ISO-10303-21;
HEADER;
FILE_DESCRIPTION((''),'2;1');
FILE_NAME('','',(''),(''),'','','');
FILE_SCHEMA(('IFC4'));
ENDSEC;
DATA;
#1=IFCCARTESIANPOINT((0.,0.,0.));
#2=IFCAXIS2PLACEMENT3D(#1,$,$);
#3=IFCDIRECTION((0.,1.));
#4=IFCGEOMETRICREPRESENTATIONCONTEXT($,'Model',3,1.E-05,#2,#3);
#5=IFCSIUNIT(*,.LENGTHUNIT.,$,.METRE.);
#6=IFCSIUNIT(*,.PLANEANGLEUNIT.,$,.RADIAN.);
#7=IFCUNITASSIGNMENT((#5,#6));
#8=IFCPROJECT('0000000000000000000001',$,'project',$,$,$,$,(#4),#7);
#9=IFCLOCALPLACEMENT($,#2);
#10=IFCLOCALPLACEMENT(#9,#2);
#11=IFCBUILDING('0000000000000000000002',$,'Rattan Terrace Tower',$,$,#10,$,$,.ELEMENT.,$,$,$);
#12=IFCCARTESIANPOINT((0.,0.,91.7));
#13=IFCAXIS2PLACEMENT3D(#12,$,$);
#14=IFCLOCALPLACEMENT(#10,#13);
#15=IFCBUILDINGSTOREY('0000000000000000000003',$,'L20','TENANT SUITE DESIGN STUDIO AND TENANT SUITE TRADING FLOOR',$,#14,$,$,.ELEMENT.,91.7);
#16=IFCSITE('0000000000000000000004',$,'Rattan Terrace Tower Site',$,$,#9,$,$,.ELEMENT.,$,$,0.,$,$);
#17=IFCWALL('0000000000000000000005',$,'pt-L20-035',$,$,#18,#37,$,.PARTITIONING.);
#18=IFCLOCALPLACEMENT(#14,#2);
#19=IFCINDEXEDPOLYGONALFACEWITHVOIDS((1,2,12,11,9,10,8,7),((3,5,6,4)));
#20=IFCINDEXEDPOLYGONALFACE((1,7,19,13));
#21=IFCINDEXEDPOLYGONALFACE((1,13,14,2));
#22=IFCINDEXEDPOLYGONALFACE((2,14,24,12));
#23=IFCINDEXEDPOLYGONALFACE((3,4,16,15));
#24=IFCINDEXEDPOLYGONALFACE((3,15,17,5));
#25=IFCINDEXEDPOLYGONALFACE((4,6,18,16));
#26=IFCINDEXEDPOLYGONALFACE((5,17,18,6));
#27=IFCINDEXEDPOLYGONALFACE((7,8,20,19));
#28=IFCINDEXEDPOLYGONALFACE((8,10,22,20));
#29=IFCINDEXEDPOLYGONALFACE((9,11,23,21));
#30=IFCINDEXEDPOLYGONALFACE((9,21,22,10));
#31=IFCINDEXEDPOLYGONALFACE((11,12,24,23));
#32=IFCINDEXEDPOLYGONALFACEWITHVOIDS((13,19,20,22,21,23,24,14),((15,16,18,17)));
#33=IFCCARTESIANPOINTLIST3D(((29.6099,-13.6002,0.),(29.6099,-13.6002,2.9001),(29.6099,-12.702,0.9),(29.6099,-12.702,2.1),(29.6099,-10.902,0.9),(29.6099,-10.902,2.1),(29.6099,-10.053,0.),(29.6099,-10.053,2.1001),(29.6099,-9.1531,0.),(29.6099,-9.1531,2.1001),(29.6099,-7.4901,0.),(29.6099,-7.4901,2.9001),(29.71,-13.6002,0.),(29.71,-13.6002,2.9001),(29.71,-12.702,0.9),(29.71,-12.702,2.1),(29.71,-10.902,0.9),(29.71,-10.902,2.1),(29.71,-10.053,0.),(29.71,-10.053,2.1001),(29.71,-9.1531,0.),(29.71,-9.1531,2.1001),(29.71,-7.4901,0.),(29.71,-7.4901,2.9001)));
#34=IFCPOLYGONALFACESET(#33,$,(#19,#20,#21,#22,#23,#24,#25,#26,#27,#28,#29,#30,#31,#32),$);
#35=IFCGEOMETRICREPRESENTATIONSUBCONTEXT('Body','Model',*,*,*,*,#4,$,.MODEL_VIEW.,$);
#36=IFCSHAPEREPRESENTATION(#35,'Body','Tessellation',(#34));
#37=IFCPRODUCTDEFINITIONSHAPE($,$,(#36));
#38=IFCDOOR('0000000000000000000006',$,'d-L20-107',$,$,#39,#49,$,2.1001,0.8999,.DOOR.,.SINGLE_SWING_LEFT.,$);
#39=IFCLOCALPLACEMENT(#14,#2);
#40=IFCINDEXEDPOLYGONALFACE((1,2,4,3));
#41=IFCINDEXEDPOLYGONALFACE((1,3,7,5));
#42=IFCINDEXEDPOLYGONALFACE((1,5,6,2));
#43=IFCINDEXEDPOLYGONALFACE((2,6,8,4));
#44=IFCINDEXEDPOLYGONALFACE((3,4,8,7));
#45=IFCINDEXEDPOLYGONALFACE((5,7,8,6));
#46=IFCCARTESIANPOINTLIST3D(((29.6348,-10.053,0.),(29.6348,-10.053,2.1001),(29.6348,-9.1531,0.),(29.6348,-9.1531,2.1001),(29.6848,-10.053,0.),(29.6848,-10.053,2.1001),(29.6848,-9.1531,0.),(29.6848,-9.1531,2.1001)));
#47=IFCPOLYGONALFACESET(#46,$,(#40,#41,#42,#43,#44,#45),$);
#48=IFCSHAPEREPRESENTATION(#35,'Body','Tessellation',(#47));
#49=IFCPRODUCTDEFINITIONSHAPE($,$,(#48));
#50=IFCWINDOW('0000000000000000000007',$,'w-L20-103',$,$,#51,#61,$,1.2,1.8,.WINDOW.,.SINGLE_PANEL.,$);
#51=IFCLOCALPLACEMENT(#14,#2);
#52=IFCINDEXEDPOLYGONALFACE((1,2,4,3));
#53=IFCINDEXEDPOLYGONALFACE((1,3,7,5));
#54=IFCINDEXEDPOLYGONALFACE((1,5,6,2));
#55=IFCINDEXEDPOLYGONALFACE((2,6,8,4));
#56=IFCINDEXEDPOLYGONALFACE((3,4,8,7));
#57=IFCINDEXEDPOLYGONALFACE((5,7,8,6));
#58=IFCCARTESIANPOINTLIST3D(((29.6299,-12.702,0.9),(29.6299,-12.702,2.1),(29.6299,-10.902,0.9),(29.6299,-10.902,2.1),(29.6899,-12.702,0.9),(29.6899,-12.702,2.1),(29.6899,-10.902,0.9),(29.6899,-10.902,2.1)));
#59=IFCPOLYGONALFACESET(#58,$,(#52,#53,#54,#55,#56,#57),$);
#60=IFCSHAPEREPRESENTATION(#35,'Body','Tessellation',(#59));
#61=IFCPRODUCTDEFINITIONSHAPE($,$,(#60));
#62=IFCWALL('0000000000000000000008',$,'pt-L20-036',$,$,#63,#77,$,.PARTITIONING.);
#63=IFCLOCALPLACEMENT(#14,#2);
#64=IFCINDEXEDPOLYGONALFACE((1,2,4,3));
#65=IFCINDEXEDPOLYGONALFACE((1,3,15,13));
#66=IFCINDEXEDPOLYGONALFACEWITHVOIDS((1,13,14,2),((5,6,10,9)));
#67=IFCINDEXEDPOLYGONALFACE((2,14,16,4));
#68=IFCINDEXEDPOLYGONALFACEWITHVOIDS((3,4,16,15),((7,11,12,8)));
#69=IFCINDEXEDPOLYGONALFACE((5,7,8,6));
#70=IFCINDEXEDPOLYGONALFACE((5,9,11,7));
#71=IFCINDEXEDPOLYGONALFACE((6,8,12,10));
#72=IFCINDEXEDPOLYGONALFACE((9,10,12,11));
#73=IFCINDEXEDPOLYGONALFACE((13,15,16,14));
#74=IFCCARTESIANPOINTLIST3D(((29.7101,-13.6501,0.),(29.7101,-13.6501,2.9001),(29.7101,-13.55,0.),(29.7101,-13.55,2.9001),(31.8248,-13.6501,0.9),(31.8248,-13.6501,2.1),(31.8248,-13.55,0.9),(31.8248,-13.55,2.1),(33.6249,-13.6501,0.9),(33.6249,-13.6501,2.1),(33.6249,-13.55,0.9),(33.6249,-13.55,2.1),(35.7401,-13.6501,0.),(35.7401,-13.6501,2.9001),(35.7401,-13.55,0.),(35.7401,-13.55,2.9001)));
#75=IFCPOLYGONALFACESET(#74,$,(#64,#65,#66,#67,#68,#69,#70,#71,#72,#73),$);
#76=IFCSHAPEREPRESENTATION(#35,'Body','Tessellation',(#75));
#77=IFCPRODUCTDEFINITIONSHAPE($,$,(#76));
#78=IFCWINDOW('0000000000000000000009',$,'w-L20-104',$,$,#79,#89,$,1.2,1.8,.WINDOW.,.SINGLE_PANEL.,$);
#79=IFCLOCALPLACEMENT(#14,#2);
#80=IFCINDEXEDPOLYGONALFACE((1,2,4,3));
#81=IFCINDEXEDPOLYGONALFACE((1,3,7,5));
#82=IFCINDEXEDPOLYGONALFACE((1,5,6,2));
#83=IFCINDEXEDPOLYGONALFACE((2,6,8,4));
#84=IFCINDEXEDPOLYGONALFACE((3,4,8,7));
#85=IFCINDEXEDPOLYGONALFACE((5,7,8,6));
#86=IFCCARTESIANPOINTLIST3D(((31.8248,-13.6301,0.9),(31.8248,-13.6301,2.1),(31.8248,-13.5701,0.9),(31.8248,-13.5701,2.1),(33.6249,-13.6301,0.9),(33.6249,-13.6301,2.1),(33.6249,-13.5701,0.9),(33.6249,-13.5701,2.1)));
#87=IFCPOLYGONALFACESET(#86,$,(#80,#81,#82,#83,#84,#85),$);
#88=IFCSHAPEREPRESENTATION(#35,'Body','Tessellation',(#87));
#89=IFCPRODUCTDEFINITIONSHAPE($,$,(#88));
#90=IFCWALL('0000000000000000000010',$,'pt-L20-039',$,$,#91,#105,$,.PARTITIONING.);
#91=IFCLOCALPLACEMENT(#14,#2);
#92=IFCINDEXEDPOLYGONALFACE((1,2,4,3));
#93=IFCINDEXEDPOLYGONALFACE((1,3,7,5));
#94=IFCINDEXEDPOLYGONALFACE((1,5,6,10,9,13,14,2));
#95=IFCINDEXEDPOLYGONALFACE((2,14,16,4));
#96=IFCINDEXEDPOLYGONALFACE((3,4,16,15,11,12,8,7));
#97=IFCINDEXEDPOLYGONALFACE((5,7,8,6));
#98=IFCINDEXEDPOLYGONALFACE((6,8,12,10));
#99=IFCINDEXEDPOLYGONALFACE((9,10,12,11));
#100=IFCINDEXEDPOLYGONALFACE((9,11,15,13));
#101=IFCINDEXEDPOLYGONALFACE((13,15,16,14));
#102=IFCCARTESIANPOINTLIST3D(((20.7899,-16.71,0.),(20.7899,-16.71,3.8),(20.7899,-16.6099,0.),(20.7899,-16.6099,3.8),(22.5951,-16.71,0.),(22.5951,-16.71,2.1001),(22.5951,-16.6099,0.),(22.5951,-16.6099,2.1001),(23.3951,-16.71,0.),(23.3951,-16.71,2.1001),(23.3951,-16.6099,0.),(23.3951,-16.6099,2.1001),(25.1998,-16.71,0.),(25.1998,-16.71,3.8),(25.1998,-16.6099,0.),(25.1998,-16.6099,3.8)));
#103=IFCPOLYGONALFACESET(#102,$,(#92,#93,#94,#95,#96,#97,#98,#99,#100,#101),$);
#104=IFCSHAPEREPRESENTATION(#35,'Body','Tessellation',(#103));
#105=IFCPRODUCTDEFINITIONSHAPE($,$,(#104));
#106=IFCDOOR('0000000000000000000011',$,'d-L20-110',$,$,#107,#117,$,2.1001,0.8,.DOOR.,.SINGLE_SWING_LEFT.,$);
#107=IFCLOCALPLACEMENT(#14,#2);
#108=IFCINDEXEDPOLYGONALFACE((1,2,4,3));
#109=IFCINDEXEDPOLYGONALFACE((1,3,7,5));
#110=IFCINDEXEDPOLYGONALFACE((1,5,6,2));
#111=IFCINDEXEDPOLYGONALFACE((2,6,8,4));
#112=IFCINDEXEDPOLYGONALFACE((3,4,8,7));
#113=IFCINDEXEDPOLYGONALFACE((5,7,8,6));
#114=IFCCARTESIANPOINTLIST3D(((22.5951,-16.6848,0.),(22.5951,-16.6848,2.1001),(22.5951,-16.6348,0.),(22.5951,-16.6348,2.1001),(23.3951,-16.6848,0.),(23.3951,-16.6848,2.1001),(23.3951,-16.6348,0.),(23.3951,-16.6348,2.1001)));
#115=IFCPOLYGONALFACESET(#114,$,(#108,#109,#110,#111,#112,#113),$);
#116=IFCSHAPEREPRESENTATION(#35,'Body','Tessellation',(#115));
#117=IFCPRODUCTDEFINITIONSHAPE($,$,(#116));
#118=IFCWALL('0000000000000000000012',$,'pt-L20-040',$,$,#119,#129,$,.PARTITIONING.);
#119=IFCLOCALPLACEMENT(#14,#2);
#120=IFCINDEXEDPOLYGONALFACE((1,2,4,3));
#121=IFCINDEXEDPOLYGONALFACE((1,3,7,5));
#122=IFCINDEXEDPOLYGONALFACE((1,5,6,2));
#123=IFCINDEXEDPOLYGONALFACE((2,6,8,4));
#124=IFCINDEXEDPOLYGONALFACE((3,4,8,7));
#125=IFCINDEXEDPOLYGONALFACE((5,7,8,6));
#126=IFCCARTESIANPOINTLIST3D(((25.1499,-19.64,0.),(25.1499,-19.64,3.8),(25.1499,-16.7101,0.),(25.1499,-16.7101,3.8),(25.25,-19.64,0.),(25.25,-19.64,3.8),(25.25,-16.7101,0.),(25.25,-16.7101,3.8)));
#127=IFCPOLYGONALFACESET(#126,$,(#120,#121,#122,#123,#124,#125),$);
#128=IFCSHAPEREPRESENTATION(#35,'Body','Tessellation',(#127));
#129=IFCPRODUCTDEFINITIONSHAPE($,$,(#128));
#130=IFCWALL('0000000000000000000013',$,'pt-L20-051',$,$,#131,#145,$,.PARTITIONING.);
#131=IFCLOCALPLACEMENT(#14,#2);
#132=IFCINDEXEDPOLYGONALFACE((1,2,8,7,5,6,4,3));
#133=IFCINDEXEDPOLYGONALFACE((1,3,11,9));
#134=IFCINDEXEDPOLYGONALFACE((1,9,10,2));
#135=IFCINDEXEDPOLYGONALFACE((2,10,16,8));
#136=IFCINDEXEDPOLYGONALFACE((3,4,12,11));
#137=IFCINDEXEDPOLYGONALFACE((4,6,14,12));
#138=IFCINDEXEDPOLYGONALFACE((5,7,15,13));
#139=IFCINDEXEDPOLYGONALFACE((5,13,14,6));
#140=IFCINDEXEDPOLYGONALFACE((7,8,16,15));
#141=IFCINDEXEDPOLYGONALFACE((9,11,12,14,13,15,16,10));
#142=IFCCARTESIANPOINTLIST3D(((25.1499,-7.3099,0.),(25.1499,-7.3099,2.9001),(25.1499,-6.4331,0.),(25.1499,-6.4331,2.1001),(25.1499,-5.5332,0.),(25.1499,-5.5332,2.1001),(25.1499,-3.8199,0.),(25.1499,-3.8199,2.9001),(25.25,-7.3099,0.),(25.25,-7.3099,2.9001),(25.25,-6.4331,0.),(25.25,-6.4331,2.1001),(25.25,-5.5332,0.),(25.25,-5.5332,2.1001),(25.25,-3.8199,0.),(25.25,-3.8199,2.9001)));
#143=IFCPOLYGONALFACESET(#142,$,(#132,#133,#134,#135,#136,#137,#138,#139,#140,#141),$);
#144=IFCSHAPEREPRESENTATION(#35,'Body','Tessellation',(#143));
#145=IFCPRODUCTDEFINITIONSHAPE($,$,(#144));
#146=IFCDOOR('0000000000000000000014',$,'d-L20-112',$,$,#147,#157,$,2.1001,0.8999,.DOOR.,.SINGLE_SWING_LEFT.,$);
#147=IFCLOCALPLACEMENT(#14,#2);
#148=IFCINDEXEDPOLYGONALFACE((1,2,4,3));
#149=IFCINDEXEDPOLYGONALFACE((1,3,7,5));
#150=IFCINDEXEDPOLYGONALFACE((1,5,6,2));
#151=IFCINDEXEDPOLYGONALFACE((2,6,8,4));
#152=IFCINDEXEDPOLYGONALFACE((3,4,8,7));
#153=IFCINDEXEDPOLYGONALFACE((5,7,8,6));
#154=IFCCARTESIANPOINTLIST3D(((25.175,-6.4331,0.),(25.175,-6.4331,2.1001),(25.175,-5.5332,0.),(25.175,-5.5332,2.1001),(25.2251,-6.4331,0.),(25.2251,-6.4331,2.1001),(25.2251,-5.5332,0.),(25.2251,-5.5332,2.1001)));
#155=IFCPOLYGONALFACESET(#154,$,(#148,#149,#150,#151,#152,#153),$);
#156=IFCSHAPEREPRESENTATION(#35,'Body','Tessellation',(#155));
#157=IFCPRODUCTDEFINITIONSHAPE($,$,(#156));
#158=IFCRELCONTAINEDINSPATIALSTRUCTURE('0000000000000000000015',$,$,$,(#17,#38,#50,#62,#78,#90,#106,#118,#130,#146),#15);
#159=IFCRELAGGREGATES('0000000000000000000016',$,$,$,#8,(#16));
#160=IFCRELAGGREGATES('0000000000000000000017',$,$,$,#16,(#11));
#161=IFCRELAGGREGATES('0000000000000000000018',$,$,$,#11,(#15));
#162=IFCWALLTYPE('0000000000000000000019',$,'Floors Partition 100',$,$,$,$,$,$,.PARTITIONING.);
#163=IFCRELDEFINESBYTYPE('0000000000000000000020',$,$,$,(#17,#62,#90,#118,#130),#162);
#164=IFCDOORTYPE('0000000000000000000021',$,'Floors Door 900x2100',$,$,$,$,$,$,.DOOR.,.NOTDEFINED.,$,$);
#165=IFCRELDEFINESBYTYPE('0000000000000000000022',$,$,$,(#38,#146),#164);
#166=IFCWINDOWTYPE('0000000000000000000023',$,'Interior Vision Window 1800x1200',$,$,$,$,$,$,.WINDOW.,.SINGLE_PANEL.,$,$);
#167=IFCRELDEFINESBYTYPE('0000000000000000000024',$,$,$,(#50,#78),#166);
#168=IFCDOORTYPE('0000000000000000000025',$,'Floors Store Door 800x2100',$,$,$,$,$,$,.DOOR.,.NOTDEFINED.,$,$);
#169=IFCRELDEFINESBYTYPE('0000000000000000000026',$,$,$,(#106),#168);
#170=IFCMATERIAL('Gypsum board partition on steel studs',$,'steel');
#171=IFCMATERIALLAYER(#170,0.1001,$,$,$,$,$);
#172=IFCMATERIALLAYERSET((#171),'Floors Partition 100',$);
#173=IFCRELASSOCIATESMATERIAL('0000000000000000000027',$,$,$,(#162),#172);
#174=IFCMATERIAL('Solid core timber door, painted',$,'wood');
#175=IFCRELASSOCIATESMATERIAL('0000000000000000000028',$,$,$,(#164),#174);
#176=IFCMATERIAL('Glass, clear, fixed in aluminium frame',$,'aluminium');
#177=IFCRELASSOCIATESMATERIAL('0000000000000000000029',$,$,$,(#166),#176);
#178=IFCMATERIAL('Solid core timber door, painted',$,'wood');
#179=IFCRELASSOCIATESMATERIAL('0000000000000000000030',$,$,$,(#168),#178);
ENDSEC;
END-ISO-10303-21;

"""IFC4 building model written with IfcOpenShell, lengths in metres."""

from ifc_helpers import new_model, si_unit, direction, frame, frame_2d, origin, place, context, subcontext, project, spatial, rectangle, extrude, material, layer, layer_set, type_object, element, fill, save


model = new_model("IFC4")

# Units and contexts
model_context = context("Model", 3, precision=1e-05, world=origin(), true_north=direction((0.0, 1.0)))
body_context = subcontext(model_context, "Body", "Model", "MODEL_VIEW")
ifc_project = project(units=[si_unit("LENGTHUNIT", "METRE"), si_unit("PLANEANGLEUNIT", "RADIAN")], contexts=[model_context])

# Site, building, storey
site_placement = place(None, origin())
site = spatial("IfcSite", under=ifc_project, at=site_placement, Name="Rattan Terrace Tower Site", CompositionType="ELEMENT", RefElevation=0.0)
building_placement = place(site_placement, origin())
building = spatial("IfcBuilding", under=site, at=building_placement, Name="Rattan Terrace Tower", CompositionType="ELEMENT")
storey_placement = place(building_placement, frame((0.0, 0.0, 91.7)))
storey = spatial("IfcBuildingStorey", under=building, at=storey_placement, Name="L20", Description="TENANT SUITE DESIGN STUDIO AND TENANT SUITE TRADING FLOOR", CompositionType="ELEMENT", Elevation=91.7)

# Wall, openings, door, window
ifc_material_1 = material(Name="Gypsum board partition on steel studs", Category="steel")
ifc_layer_1 = layer(ifc_material_1, 0.1001)
ifc_layer_set_1 = layer_set([ifc_layer_1], Name="Floors Partition 100")
wall_type_1 = type_object("IfcWallType", Name="Floors Partition 100", PredefinedType="PARTITIONING", material=ifc_layer_set_1)
wall_1_placement = place(storey_placement, frame((29.6599, -7.49, 0.0), z_axis=(0.0, 0.0, 1.0), x_axis=(0.0, -1.0, 0.0)))
wall_1 = element("IfcWall", 1, at=wall_1_placement, inside=storey, type_object=wall_type_1, Name="pt-L20-035", PredefinedType="PARTITIONING", context=body_context, shape_type="SweptSolid", body=[
    extrude(rectangle(XDim=6.1101, YDim=0.1001, at=frame_2d((3.0552, 0.0))), origin(), (0.0, 0.0, 1.0), 2.9001),
])
opening_1_placement = place(wall_1_placement, frame((1.6631, 0.0, 0.0)))
opening_1 = element("IfcOpeningElement", 2, at=opening_1_placement, cuts=wall_1, PredefinedType="OPENING", context=body_context, shape_type="SweptSolid", body=[
    extrude(rectangle(XDim=0.8999, YDim=2.1001, at=frame_2d((0.45, 1.05))), frame((0.0, 0.0605, 0.0), z_axis=(0.0, -1.0, 0.0), x_axis=(1.0, 0.0, 0.0)), (0.0, 0.0, 1.0), 0.1211),
])
opening_2_placement = place(wall_1_placement, frame((3.4121, 0.0, 0.8999)))
opening_2 = element("IfcOpeningElement", 3, at=opening_2_placement, cuts=wall_1, PredefinedType="OPENING", context=body_context, shape_type="SweptSolid", body=[
    extrude(rectangle(XDim=1.8, YDim=1.2, at=frame_2d((0.8999, 0.6001))), frame((0.0, 0.0605, 0.0), z_axis=(0.0, -1.0, 0.0), x_axis=(1.0, 0.0, 0.0)), (0.0, 0.0, 1.0), 0.1211),
])
ifc_material_2 = material(Name="Solid core timber door, painted", Category="wood")
door_type_1 = type_object("IfcDoorType", Name="Floors Door 900x2100", OperationType="NOTDEFINED", PredefinedType="DOOR", material=ifc_material_2)
door_1_placement = place(opening_1_placement, origin())
door_1 = element("IfcDoor", 4, at=door_1_placement, inside=storey, type_object=door_type_1, Name="d-L20-107", OperationType="SINGLE_SWING_LEFT", OverallHeight=2.1001, OverallWidth=0.8999, PredefinedType="DOOR", context=body_context, shape_type="SweptSolid", body=[
    extrude(rectangle(XDim=0.8999, YDim=2.1001, at=frame_2d((0.45, 1.05))), frame((0.0, 0.0249, 0.0), z_axis=(0.0, -1.0, 0.0), x_axis=(1.0, 0.0, 0.0)), (0.0, 0.0, 1.0), 0.05),
])
fill(opening_1, door_1)
ifc_material_3 = material(Name="Glass, clear, fixed in aluminium frame", Category="aluminium")
window_type = type_object("IfcWindowType", Name="Interior Vision Window 1800x1200", PartitioningType="SINGLE_PANEL", PredefinedType="WINDOW", material=ifc_material_3)
window_1_placement = place(opening_2_placement, origin())
window_1 = element("IfcWindow", 5, at=window_1_placement, inside=storey, type_object=window_type, Name="w-L20-103", OverallHeight=1.2, OverallWidth=1.8, PartitioningType="SINGLE_PANEL", PredefinedType="WINDOW", context=body_context, shape_type="SweptSolid", body=[
    extrude(rectangle(XDim=1.8, YDim=1.2, at=frame_2d((0.8999, 0.6001))), frame((0.0, 0.03, 0.0), z_axis=(0.0, -1.0, 0.0), x_axis=(1.0, 0.0, 0.0)), (0.0, 0.0, 1.0), 0.0601),
])
fill(opening_2, window_1)

# Wall, opening, window
wall_2_placement = place(storey_placement, frame((29.71, -13.6001, 0.0), z_axis=(0.0, 0.0, 1.0), x_axis=(1.0, 0.0, 0.0)))
wall_2 = element("IfcWall", 6, at=wall_2_placement, inside=storey, type_object=wall_type_1, Name="pt-L20-036", PredefinedType="PARTITIONING", context=body_context, shape_type="SweptSolid", body=[
    extrude(rectangle(XDim=6.03, YDim=0.1001, at=frame_2d((3.0151, 0.0))), origin(), (0.0, 0.0, 1.0), 2.9001),
])
opening_3_placement = place(wall_2_placement, frame((2.115, 0.0, 0.8999)))
opening_3 = element("IfcOpeningElement", 7, at=opening_3_placement, cuts=wall_2, PredefinedType="OPENING", context=body_context, shape_type="SweptSolid", body=[
    extrude(rectangle(XDim=1.8, YDim=1.2, at=frame_2d((0.8999, 0.6001))), frame((0.0, 0.0605, 0.0), z_axis=(0.0, -1.0, 0.0), x_axis=(1.0, 0.0, 0.0)), (0.0, 0.0, 1.0), 0.1211),
])
window_2_placement = place(opening_3_placement, origin())
window_2 = element("IfcWindow", 8, at=window_2_placement, inside=storey, type_object=window_type, Name="w-L20-104", OverallHeight=1.2, OverallWidth=1.8, PartitioningType="SINGLE_PANEL", PredefinedType="WINDOW", context=body_context, shape_type="SweptSolid", body=[
    extrude(rectangle(XDim=1.8, YDim=1.2, at=frame_2d((0.8999, 0.6001))), frame((0.0, 0.03, 0.0), z_axis=(0.0, -1.0, 0.0), x_axis=(1.0, 0.0, 0.0)), (0.0, 0.0, 1.0), 0.0601),
])
fill(opening_3, window_2)

# Wall, opening, door
wall_3_placement = place(storey_placement, frame((25.2, -16.6599, 0.0), z_axis=(0.0, 0.0, 1.0), x_axis=(-1.0, 0.0, 0.0)))
wall_3 = element("IfcWall", 9, at=wall_3_placement, inside=storey, type_object=wall_type_1, Name="pt-L20-039", PredefinedType="PARTITIONING", context=body_context, shape_type="SweptSolid", body=[
    extrude(rectangle(XDim=4.4099, YDim=0.1001, at=frame_2d((2.2051, 0.0))), origin(), (0.0, 0.0, 1.0), 3.8),
])
opening_4_placement = place(wall_3_placement, frame((1.8049, 0.0, 0.0)))
opening_4 = element("IfcOpeningElement", 10, at=opening_4_placement, cuts=wall_3, PredefinedType="OPENING", context=body_context, shape_type="SweptSolid", body=[
    extrude(rectangle(XDim=0.8, YDim=2.1001, at=frame_2d((0.3999, 1.05))), frame((0.0, 0.0605, 0.0), z_axis=(0.0, -1.0, 0.0), x_axis=(1.0, 0.0, 0.0)), (0.0, 0.0, 1.0), 0.1211),
])
ifc_material_4 = material(Name="Solid core timber door, painted", Category="wood")
door_type_2 = type_object("IfcDoorType", Name="Floors Store Door 800x2100", OperationType="NOTDEFINED", PredefinedType="DOOR", material=ifc_material_4)
door_2_placement = place(opening_4_placement, origin())
door_2 = element("IfcDoor", 11, at=door_2_placement, inside=storey, type_object=door_type_2, Name="d-L20-110", OperationType="SINGLE_SWING_LEFT", OverallHeight=2.1001, OverallWidth=0.8, PredefinedType="DOOR", context=body_context, shape_type="SweptSolid", body=[
    extrude(rectangle(XDim=0.8, YDim=2.1001, at=frame_2d((0.3999, 1.05))), frame((0.0, 0.0249, 0.0), z_axis=(0.0, -1.0, 0.0), x_axis=(1.0, 0.0, 0.0)), (0.0, 0.0, 1.0), 0.05),
])
fill(opening_4, door_2)

# Wall
wall_4_placement = place(storey_placement, frame((25.2, -19.6399, 0.0), z_axis=(0.0, 0.0, 1.0), x_axis=(0.0, 1.0, 0.0)))
element("IfcWall", 12, at=wall_4_placement, inside=storey, type_object=wall_type_1, Name="pt-L20-040", PredefinedType="PARTITIONING", context=body_context, shape_type="SweptSolid", body=[
    extrude(rectangle(XDim=2.9299, YDim=0.1001, at=frame_2d((1.4648, 0.0))), origin(), (0.0, 0.0, 1.0), 3.8),
])

# Wall, opening, door
wall_5_placement = place(storey_placement, frame((25.2, -7.3101, 0.0), z_axis=(0.0, 0.0, 1.0), x_axis=(0.0, 1.0, 0.0)))
wall_5 = element("IfcWall", 13, at=wall_5_placement, inside=storey, type_object=wall_type_1, Name="pt-L20-051", PredefinedType="PARTITIONING", context=body_context, shape_type="SweptSolid", body=[
    extrude(rectangle(XDim=3.49, YDim=0.1001, at=frame_2d((1.7451, 0.0))), origin(), (0.0, 0.0, 1.0), 2.9001),
])
opening_5_placement = place(wall_5_placement, frame((0.877, 0.0, 0.0)))
opening_5 = element("IfcOpeningElement", 14, at=opening_5_placement, cuts=wall_5, PredefinedType="OPENING", context=body_context, shape_type="SweptSolid", body=[
    extrude(rectangle(XDim=0.8999, YDim=2.1001, at=frame_2d((0.45, 1.05))), frame((0.0, 0.0605, 0.0), z_axis=(0.0, -1.0, 0.0), x_axis=(1.0, 0.0, 0.0)), (0.0, 0.0, 1.0), 0.1211),
])
door_3_placement = place(opening_5_placement, origin())
door_3 = element("IfcDoor", 15, at=door_3_placement, inside=storey, type_object=door_type_1, Name="d-L20-112", OperationType="SINGLE_SWING_LEFT", OverallHeight=2.1001, OverallWidth=0.8999, PredefinedType="DOOR", context=body_context, shape_type="SweptSolid", body=[
    extrude(rectangle(XDim=0.8999, YDim=2.1001, at=frame_2d((0.45, 1.05))), frame((0.0, 0.0249, 0.0), z_axis=(0.0, -1.0, 0.0), x_axis=(1.0, 0.0, 0.0)), (0.0, 0.0, 1.0), 0.05),
])
fill(opening_5, door_3)

save(model, "model.ifc")
